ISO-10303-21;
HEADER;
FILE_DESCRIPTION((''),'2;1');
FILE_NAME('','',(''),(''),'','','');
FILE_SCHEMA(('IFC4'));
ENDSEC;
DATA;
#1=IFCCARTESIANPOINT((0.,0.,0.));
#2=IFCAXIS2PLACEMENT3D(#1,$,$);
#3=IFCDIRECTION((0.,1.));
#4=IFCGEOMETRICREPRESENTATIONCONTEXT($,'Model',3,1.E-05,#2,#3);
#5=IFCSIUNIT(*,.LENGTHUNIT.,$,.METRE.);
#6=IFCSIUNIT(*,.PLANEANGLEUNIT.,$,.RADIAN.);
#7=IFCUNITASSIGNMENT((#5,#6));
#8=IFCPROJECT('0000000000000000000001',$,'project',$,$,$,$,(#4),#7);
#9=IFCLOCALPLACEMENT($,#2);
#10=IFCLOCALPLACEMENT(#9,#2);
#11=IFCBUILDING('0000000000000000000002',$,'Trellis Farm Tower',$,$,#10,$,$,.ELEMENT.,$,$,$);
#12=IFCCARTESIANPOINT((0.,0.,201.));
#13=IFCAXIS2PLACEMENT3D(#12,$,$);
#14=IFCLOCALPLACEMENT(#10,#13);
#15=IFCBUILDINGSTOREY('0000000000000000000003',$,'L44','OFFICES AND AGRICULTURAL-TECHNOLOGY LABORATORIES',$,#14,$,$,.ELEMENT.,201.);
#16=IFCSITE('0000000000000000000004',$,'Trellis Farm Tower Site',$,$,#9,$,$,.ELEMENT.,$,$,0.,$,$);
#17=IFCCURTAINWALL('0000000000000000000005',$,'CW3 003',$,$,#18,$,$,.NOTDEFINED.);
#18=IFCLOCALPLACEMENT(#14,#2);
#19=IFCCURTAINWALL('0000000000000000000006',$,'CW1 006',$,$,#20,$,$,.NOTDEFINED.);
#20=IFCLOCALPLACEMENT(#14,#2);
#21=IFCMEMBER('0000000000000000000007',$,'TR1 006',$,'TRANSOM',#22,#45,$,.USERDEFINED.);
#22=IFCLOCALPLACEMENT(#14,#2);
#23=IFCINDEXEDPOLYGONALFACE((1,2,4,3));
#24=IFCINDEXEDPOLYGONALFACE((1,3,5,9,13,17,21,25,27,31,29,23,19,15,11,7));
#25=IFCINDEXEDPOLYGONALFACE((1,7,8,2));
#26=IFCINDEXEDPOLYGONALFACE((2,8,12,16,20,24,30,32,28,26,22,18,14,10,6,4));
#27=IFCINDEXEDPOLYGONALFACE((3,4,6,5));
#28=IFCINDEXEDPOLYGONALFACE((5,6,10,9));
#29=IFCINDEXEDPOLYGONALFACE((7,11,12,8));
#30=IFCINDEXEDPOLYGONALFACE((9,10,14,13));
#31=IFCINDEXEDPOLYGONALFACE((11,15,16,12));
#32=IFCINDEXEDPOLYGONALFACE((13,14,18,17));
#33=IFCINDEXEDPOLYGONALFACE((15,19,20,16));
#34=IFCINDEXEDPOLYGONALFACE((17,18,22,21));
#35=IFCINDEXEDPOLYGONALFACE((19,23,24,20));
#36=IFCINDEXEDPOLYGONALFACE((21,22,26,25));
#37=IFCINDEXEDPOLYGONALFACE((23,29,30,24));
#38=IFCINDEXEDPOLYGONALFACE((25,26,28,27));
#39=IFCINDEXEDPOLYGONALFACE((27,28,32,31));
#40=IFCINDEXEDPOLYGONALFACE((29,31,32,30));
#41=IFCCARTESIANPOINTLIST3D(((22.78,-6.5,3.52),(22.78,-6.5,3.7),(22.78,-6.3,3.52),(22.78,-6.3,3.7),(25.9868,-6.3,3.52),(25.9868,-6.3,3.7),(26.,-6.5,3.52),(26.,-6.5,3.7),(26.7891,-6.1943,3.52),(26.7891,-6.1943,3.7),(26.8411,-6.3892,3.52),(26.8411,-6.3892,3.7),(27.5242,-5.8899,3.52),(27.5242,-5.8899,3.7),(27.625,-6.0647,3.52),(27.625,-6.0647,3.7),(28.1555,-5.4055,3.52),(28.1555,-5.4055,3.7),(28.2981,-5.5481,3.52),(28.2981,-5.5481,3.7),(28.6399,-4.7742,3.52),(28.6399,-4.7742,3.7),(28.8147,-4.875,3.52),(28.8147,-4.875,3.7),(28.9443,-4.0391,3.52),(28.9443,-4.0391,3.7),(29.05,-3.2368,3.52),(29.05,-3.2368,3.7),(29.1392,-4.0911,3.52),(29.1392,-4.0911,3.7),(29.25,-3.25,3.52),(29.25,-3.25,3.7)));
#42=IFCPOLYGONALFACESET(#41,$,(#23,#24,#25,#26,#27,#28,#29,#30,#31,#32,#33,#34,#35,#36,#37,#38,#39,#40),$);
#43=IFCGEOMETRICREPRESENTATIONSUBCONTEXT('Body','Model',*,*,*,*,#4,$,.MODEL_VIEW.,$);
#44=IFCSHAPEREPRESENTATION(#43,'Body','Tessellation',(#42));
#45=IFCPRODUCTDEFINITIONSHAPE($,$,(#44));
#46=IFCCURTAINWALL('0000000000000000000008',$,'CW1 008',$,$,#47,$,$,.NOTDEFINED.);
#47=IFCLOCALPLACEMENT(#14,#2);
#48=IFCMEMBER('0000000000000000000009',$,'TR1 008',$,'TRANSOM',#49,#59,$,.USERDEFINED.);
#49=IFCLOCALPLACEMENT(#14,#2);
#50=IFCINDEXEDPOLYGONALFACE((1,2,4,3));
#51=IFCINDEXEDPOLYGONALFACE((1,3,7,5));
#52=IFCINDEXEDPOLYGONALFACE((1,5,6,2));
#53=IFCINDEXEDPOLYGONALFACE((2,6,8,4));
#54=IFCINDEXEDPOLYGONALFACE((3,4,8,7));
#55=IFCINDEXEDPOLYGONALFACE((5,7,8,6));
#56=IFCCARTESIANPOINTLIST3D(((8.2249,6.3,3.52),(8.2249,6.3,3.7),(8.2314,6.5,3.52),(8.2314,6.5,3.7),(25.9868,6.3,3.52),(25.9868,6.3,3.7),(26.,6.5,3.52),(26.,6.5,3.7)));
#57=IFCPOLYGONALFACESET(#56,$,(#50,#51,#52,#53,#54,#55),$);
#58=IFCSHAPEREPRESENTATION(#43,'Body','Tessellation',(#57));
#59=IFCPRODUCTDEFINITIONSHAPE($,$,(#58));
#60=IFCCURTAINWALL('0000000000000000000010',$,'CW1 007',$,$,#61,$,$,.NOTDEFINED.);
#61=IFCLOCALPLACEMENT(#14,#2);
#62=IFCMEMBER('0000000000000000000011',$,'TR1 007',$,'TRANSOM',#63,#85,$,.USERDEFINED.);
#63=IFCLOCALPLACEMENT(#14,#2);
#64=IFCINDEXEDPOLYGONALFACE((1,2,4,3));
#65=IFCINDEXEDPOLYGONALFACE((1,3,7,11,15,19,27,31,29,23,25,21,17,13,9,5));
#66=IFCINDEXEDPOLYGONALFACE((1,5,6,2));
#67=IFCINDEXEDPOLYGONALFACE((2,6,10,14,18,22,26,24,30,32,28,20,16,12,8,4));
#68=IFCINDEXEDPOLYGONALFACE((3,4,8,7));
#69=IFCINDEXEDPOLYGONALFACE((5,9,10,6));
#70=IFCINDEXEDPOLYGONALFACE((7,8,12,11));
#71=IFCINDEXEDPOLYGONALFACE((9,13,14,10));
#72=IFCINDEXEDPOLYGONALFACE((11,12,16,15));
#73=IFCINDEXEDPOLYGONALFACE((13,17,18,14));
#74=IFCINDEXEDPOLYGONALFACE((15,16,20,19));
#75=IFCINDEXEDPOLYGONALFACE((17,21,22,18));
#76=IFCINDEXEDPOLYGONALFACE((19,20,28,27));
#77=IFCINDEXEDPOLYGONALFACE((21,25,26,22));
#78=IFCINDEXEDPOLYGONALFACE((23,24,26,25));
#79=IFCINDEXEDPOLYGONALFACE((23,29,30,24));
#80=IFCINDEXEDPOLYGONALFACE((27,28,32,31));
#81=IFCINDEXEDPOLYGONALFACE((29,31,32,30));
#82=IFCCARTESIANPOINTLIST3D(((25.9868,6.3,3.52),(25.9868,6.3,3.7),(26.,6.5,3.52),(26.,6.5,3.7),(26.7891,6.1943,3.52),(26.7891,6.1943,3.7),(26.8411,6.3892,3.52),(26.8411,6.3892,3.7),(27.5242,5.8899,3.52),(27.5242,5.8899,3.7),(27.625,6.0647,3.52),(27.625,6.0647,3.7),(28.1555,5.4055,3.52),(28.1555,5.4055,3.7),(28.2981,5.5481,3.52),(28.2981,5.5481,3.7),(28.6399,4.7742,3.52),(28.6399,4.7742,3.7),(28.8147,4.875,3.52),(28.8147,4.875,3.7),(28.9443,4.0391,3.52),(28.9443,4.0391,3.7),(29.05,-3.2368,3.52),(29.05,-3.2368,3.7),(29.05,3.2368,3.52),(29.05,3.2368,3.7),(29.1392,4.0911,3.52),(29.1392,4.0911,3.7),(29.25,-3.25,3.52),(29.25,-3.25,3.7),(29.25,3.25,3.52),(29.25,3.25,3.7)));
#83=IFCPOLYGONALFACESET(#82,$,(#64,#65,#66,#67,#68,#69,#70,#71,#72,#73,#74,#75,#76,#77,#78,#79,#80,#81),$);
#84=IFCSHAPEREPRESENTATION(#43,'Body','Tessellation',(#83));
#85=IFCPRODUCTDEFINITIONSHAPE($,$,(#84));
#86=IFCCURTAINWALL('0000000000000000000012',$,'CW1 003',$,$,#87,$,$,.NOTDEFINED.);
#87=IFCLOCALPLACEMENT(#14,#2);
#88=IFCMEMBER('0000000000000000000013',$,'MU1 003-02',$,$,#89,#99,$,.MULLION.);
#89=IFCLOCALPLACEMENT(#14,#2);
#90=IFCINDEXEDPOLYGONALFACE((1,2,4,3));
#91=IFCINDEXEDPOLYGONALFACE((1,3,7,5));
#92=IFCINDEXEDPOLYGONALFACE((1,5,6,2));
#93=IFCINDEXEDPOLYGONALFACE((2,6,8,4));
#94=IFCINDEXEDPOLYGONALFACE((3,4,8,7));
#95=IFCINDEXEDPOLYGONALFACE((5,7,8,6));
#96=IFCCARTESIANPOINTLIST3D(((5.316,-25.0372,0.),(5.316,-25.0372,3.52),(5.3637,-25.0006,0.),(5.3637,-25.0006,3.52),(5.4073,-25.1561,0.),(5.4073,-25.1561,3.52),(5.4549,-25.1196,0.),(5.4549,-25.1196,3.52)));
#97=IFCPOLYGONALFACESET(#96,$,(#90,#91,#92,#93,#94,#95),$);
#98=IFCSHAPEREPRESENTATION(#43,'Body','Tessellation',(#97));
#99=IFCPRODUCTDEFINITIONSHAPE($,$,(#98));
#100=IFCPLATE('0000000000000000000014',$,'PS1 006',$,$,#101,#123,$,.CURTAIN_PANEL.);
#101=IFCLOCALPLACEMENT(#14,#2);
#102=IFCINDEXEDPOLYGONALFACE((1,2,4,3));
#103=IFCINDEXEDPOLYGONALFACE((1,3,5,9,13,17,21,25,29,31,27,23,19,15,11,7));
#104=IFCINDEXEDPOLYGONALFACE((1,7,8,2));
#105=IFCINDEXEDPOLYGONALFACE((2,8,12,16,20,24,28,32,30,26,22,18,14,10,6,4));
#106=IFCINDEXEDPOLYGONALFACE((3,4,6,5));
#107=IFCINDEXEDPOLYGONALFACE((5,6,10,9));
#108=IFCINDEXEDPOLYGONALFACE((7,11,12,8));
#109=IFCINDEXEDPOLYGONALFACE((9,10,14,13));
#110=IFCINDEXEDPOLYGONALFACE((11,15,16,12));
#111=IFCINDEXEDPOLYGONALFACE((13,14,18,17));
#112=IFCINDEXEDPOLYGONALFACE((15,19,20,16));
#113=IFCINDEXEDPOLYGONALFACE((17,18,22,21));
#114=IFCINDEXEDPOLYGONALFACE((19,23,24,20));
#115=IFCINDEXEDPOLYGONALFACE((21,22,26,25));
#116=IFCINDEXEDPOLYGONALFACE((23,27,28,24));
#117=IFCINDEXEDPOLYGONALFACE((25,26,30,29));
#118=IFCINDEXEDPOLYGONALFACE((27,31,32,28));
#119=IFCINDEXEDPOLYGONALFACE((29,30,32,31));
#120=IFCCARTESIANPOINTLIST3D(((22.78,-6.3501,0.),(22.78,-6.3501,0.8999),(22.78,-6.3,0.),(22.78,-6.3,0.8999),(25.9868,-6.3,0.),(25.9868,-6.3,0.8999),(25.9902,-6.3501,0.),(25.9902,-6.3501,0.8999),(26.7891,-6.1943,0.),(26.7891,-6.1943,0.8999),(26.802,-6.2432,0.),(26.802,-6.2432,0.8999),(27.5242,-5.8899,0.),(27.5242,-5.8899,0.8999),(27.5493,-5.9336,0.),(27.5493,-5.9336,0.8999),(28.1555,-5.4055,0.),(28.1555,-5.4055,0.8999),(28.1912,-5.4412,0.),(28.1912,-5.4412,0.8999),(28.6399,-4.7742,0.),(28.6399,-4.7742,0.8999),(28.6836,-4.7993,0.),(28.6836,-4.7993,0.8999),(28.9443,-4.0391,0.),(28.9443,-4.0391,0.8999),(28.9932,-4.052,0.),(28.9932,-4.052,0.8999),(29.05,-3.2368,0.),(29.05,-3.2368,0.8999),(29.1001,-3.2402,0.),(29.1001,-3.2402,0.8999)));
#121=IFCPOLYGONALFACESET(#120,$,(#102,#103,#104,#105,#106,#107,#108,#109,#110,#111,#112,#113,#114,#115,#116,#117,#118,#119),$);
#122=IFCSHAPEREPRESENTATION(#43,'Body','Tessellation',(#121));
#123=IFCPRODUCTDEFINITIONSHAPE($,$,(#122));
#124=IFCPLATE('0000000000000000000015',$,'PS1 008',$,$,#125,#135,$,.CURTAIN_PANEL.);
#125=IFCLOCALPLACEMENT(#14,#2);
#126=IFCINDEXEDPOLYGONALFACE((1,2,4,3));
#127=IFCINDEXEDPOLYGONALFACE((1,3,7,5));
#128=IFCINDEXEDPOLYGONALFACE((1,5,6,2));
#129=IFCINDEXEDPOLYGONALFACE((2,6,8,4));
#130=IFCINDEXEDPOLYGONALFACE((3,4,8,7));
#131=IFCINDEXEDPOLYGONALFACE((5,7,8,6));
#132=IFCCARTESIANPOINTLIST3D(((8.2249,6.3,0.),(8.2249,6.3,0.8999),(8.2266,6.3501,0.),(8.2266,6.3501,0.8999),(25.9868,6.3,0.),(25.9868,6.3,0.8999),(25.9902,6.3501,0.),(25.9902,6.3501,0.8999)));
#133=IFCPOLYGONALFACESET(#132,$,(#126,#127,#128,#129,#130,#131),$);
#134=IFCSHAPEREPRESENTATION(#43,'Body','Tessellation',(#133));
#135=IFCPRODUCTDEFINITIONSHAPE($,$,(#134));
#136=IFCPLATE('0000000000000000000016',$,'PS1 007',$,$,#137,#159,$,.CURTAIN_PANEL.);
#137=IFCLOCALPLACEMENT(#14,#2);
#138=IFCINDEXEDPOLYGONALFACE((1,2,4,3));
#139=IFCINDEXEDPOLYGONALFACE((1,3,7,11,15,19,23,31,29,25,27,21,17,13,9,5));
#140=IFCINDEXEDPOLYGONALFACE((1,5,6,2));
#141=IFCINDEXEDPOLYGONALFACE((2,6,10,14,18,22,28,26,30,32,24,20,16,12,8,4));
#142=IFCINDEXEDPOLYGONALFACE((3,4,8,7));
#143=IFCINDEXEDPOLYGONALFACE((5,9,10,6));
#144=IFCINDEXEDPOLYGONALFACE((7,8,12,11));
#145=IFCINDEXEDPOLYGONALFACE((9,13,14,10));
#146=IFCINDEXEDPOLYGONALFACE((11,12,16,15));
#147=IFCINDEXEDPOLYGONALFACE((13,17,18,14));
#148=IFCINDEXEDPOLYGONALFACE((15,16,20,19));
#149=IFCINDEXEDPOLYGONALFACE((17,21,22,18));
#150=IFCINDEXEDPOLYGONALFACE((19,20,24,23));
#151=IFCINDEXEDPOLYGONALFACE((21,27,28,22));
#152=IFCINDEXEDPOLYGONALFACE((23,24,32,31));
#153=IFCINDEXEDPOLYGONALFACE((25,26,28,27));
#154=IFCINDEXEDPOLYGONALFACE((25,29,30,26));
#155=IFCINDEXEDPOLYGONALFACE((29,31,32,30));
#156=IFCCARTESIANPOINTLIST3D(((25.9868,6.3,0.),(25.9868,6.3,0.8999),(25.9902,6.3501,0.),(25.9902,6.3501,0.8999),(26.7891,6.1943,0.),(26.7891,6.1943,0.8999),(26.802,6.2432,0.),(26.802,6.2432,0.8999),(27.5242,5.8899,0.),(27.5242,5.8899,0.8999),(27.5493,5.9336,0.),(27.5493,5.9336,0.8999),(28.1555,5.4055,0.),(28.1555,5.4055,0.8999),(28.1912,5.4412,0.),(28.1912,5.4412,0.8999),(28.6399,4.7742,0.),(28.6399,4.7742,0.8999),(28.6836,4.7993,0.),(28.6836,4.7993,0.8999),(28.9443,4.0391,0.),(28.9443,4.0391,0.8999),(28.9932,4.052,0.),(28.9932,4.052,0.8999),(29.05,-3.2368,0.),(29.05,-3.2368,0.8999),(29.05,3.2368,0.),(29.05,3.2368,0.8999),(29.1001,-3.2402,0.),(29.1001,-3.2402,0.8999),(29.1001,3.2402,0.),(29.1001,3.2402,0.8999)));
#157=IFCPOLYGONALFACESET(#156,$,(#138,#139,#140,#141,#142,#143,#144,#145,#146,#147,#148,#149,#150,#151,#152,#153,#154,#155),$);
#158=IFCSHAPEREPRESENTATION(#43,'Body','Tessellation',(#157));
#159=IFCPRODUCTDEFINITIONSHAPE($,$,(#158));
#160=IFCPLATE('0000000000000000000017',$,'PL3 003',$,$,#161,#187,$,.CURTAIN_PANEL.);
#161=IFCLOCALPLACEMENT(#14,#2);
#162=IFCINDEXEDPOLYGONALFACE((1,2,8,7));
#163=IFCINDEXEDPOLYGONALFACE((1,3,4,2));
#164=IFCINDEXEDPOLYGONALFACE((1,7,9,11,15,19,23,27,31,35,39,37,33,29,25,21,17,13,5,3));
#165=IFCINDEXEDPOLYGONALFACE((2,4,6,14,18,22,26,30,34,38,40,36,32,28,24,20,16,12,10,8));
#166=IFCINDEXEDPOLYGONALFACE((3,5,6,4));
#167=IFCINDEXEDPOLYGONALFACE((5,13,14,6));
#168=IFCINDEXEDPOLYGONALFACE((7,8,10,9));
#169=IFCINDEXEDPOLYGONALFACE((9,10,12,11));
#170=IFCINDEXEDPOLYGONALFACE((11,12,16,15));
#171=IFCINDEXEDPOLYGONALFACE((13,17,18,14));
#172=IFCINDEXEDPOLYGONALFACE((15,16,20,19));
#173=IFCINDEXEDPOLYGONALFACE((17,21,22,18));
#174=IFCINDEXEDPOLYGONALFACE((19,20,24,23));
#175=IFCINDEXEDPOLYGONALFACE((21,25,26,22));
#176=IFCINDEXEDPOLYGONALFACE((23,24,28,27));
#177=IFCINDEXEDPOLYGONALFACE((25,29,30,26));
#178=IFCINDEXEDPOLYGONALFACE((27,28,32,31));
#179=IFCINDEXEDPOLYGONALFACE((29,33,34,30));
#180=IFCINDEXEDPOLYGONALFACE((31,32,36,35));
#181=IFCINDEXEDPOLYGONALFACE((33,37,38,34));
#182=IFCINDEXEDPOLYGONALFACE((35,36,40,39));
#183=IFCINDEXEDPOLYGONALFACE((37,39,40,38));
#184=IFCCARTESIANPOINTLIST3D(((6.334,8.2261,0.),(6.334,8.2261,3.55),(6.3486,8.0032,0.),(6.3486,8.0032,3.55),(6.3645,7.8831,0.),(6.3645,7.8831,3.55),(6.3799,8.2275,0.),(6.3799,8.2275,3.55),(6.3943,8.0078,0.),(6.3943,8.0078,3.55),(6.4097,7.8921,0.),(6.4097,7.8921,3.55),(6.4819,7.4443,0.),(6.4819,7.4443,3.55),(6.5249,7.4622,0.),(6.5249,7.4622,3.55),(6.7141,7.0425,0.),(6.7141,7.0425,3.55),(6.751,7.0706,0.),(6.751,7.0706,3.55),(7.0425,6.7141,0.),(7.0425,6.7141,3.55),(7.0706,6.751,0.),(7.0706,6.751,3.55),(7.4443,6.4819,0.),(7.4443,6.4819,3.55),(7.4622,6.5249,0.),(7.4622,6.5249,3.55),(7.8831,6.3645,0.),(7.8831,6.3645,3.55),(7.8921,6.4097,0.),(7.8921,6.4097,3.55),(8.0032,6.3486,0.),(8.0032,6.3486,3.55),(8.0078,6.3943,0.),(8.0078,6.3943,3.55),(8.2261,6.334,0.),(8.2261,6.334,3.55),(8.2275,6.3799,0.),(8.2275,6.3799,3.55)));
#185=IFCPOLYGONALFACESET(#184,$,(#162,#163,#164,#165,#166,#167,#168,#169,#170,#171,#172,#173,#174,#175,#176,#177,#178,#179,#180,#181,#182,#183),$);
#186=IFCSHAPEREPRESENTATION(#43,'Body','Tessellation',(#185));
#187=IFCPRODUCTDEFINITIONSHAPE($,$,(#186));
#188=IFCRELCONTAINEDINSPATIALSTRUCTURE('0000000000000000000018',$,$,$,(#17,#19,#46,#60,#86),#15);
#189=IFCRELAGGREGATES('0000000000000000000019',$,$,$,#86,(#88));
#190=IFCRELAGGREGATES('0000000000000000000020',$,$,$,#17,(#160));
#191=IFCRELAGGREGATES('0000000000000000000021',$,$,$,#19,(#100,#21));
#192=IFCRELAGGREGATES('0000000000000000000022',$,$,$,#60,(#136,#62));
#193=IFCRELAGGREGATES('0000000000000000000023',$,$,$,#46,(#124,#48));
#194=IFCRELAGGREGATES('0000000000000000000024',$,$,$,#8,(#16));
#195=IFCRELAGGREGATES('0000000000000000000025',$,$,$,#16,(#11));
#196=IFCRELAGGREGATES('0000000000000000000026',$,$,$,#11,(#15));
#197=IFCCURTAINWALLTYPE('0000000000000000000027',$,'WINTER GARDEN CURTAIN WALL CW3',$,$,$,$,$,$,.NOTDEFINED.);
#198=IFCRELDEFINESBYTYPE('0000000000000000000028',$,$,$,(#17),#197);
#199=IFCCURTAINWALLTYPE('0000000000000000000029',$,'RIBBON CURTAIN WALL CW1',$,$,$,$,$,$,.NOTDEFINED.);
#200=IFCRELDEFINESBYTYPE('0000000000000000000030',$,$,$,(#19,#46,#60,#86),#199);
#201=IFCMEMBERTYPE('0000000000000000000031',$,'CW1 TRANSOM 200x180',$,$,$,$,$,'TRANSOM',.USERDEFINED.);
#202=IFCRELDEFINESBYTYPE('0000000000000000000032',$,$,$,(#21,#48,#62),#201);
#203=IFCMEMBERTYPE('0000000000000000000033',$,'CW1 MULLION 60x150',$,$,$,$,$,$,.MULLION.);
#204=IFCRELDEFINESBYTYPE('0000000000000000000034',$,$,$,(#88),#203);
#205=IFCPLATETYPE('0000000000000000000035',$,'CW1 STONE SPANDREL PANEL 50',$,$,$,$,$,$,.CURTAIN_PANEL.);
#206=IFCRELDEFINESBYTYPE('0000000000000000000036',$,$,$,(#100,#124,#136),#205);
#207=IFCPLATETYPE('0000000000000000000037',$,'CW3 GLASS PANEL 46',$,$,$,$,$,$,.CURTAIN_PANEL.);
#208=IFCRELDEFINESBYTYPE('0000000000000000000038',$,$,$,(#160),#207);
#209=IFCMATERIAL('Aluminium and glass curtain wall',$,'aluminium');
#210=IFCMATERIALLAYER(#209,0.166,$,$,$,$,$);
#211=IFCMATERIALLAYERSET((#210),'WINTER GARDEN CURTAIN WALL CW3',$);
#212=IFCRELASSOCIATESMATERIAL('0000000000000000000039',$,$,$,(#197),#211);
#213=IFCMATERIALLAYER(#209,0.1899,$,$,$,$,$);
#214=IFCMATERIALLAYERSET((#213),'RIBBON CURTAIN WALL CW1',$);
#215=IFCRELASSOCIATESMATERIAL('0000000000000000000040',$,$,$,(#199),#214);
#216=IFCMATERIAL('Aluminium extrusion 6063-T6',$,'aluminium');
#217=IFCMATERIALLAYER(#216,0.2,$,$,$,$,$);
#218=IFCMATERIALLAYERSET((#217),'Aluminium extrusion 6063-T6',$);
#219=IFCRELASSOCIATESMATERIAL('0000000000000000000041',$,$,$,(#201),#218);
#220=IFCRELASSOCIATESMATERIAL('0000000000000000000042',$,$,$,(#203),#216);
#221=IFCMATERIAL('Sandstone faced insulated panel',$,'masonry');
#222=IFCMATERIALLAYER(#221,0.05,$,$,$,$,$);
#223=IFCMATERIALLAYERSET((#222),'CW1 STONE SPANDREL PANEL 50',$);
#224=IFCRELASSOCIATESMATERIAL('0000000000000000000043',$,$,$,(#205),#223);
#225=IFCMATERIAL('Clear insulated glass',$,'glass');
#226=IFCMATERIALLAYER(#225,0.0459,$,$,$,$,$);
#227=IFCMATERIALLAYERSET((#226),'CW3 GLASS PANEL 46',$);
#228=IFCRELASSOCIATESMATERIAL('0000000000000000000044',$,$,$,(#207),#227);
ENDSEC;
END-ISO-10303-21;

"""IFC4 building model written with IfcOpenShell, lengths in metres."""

from ifc_helpers import new_model, si_unit, direction, frame, origin, origin_2d, place, context, subcontext, project, spatial, polyline, rectangle, outline, extrude, source, transform, mapped, material, layer, layer_set, material_profile, profile_set, type_object, element, aggregate, save


model = new_model("IFC4")

# Units and contexts
model_context = context("Model", 3, precision=1e-05, world=origin(), true_north=direction((0.0, 1.0)))
body_context = subcontext(model_context, "Body", "Model", "MODEL_VIEW")
ifc_project = project(units=[si_unit("LENGTHUNIT", "METRE"), si_unit("PLANEANGLEUNIT", "RADIAN")], contexts=[model_context])

# Site, building, storey
site_placement = place(None, origin())
site = spatial("IfcSite", under=ifc_project, at=site_placement, Name="Trellis Farm Tower Site", CompositionType="ELEMENT", RefElevation=0.0)
building_placement = place(site_placement, origin())
building = spatial("IfcBuilding", under=site, at=building_placement, Name="Trellis Farm Tower", CompositionType="ELEMENT")
storey_placement = place(building_placement, frame((0.0, 0.0, 201.0)))
storey = spatial("IfcBuildingStorey", under=building, at=storey_placement, Name="L44", Description="OFFICES AND AGRICULTURAL-TECHNOLOGY LABORATORIES", CompositionType="ELEMENT", Elevation=201.0)

# Curtain walls, members
ifc_material_1 = material(Name="Aluminium and glass curtain wall", Category="aluminium")
ifc_layer_1 = layer(ifc_material_1, 0.166)
ifc_layer_set_1 = layer_set([ifc_layer_1], Name="WINTER GARDEN CURTAIN WALL CW3")
curtain_wall_type_1 = type_object("IfcCurtainWallType", Name="WINTER GARDEN CURTAIN WALL CW3", PredefinedType="NOTDEFINED", material=ifc_layer_set_1)
placement_1 = place(storey_placement, origin())
curtain_wall_1 = element("IfcCurtainWall", 1, at=placement_1, inside=storey, type_object=curtain_wall_type_1, Name="CW3 003", PredefinedType="NOTDEFINED")
ifc_material_2 = material(Name="Aluminium extrusion 6063-T6", Category="aluminium")
ifc_layer_2 = layer(ifc_material_1, 0.1899)
ifc_layer_set_2 = layer_set([ifc_layer_2], Name="RIBBON CURTAIN WALL CW1")
curtain_wall_type_2 = type_object("IfcCurtainWallType", Name="RIBBON CURTAIN WALL CW1", PredefinedType="NOTDEFINED", material=ifc_layer_set_2)
curtain_wall_2 = element("IfcCurtainWall", 2, at=placement_1, inside=storey, type_object=curtain_wall_type_2, Name="CW1 006", PredefinedType="NOTDEFINED")
ifc_layer_3 = layer(ifc_material_2, 0.2)
ifc_layer_set_3 = layer_set([ifc_layer_3], Name="Aluminium extrusion 6063-T6")
member_type_1 = type_object("IfcMemberType", Name="CW1 TRANSOM 200x180", ElementType="TRANSOM", PredefinedType="USERDEFINED", material=ifc_layer_set_3)
shared_shape_1 = source(origin(), body_context, "Body", "SweptSolid", [
    extrude(outline(polyline([(22.78, -6.5), (26.0, -6.5), (26.8411, -6.3892), (27.625, -6.0647), (28.2981, -5.5481), (28.8147, -4.875), (29.1392, -4.0911), (29.25, -3.25), (29.05, -3.2368), (28.9443, -4.0391), (28.6399, -4.7742), (28.1555, -5.4055), (27.5242, -5.8899), (26.7891, -6.1943), (25.9868, -6.3), (22.78, -6.3), (22.78, -6.5)])), origin(), (0.0, 0.0, 1.0), 0.1799),
])
placement_2 = place(storey_placement, frame((0.0, 0.0, 3.52)))
member_1 = element("IfcMember", 3, at=placement_2, type_object=member_type_1, Name="TR1 006", ObjectType="TRANSOM", PredefinedType="USERDEFINED", context=body_context, shape_type="MappedRepresentation", body=[
    mapped(shared_shape_1, transform((0.0, 0.0, 0.0))),
])
curtain_wall_3 = element("IfcCurtainWall", 4, at=placement_1, inside=storey, type_object=curtain_wall_type_2, Name="CW1 008", PredefinedType="NOTDEFINED")
shared_shape_2 = source(origin(), body_context, "Body", "SweptSolid", [
    extrude(outline(polyline([(26.0, 6.5), (8.2314, 6.5), (8.2249, 6.3), (25.9868, 6.3), (26.0, 6.5)])), origin(), (0.0, 0.0, 1.0), 0.1799),
])
member_2 = element("IfcMember", 5, at=placement_2, type_object=member_type_1, Name="TR1 008", ObjectType="TRANSOM", PredefinedType="USERDEFINED", context=body_context, shape_type="MappedRepresentation", body=[
    mapped(shared_shape_2, transform((0.0, 0.0, 0.0))),
])
curtain_wall_4 = element("IfcCurtainWall", 6, at=placement_1, inside=storey, type_object=curtain_wall_type_2, Name="CW1 007", PredefinedType="NOTDEFINED")
shared_shape_3 = source(origin(), body_context, "Body", "SweptSolid", [
    extrude(outline(polyline([(29.25, -3.25), (29.25, 3.25), (29.1392, 4.0911), (28.8147, 4.875), (28.2981, 5.5481), (27.625, 6.0647), (26.8411, 6.3892), (26.0, 6.5), (25.9868, 6.3), (26.7891, 6.1943), (27.5242, 5.8899), (28.1555, 5.4055), (28.6399, 4.7742), (28.9443, 4.0391), (29.05, 3.2368), (29.05, -3.2368), (29.25, -3.25)])), origin(), (0.0, 0.0, 1.0), 0.1799),
])
member_3 = element("IfcMember", 7, at=placement_2, type_object=member_type_1, Name="TR1 007", ObjectType="TRANSOM", PredefinedType="USERDEFINED", context=body_context, shape_type="MappedRepresentation", body=[
    mapped(shared_shape_3, transform((0.0, 0.0, 0.0))),
])
curtain_wall_5 = element("IfcCurtainWall", 8, at=placement_1, inside=storey, type_object=curtain_wall_type_2, Name="CW1 003", PredefinedType="NOTDEFINED")
ifc_material_profile_1 = material_profile(ifc_material_2, rectangle(XDim=0.0601, YDim=0.1499, at=origin_2d()), Name="MULLION 60x150")
ifc_profile_set_1 = profile_set([ifc_material_profile_1], Name="Aluminium extrusion 6063-T6")
member_type_2 = type_object("IfcMemberType", Name="CW1 MULLION 60x150", PredefinedType="MULLION", material=ifc_profile_set_1)
shared_shape_4 = source(origin(), body_context, "Body", "SweptSolid", [
    extrude(rectangle(XDim=0.0601, YDim=0.1499, at=origin_2d()), origin(), (0.0, 0.0, 1.0), 3.52),
])
member_4_placement = place(storey_placement, frame((5.3855, -25.0784, 0.0), z_axis=(0.0, 0.0, 1.0), x_axis=(0.793353, 0.608761, 0.0)))
member_4 = element("IfcMember", 9, at=member_4_placement, type_object=member_type_2, Name="MU1 003-02", PredefinedType="MULLION", context=body_context, shape_type="MappedRepresentation", body=[
    mapped(shared_shape_4, transform((0.0, 0.0, 0.0))),
])
aggregate(curtain_wall_5, [member_4])

# Plates
ifc_material_3 = material(Name="Sandstone faced insulated panel", Category="masonry")
ifc_layer_4 = layer(ifc_material_3, 0.05)
ifc_layer_set_4 = layer_set([ifc_layer_4], Name="CW1 STONE SPANDREL PANEL 50")
plate_type_1 = type_object("IfcPlateType", Name="CW1 STONE SPANDREL PANEL 50", PredefinedType="CURTAIN_PANEL", material=ifc_layer_set_4)
shared_shape_5 = source(origin(), body_context, "Body", "SweptSolid", [
    extrude(outline(polyline([(22.78, -6.3501), (25.9902, -6.3501), (26.802, -6.2432), (27.5493, -5.9336), (28.1912, -5.4412), (28.6836, -4.7993), (28.9932, -4.052), (29.1001, -3.2402), (29.05, -3.2368), (28.9443, -4.0391), (28.6399, -4.7742), (28.1555, -5.4055), (27.5242, -5.8899), (26.7891, -6.1943), (25.9868, -6.3), (22.78, -6.3), (22.78, -6.3501)])), origin(), (0.0, 0.0, 1.0), 0.8999),
])
plate_1 = element("IfcPlate", 10, at=placement_1, type_object=plate_type_1, Name="PS1 006", PredefinedType="CURTAIN_PANEL", context=body_context, shape_type="MappedRepresentation", body=[
    mapped(shared_shape_5, transform((0.0, 0.0, 0.0))),
])
shared_shape_6 = source(origin(), body_context, "Body", "SweptSolid", [
    extrude(outline(polyline([(25.9902, 6.3501), (8.2266, 6.3501), (8.2249, 6.3), (25.9868, 6.3), (25.9902, 6.3501)])), origin(), (0.0, 0.0, 1.0), 0.8999),
])
plate_2 = element("IfcPlate", 11, at=placement_1, type_object=plate_type_1, Name="PS1 008", PredefinedType="CURTAIN_PANEL", context=body_context, shape_type="MappedRepresentation", body=[
    mapped(shared_shape_6, transform((0.0, 0.0, 0.0))),
])
shared_shape_7 = source(origin(), body_context, "Body", "SweptSolid", [
    extrude(outline(polyline([(29.1001, -3.2402), (29.1001, 3.2402), (28.9932, 4.052), (28.6836, 4.7993), (28.1912, 5.4412), (27.5493, 5.9336), (26.802, 6.2432), (25.9902, 6.3501), (25.9868, 6.3), (26.7891, 6.1943), (27.5242, 5.8899), (28.1555, 5.4055), (28.6399, 4.7742), (28.9443, 4.0391), (29.05, 3.2368), (29.05, -3.2368), (29.1001, -3.2402)])), origin(), (0.0, 0.0, 1.0), 0.8999),
])
plate_3 = element("IfcPlate", 12, at=placement_1, type_object=plate_type_1, Name="PS1 007", PredefinedType="CURTAIN_PANEL", context=body_context, shape_type="MappedRepresentation", body=[
    mapped(shared_shape_7, transform((0.0, 0.0, 0.0))),
])
ifc_material_4 = material(Name="Clear insulated glass", Category="glass")
ifc_layer_5 = layer(ifc_material_4, 0.0459)
ifc_layer_set_5 = layer_set([ifc_layer_5], Name="CW3 GLASS PANEL 46")
plate_type_2 = type_object("IfcPlateType", Name="CW3 GLASS PANEL 46", PredefinedType="CURTAIN_PANEL", material=ifc_layer_set_5)
shared_shape_8 = source(origin(), body_context, "Body", "SweptSolid", [
    extrude(outline(polyline([(8.2275, 6.3799), (8.0078, 6.3943), (7.8921, 6.4097), (7.4622, 6.5249), (7.0706, 6.751), (6.751, 7.0706), (6.5249, 7.4622), (6.4097, 7.8921), (6.3943, 8.0078), (6.3799, 8.2275), (6.334, 8.2261), (6.3486, 8.0032), (6.3645, 7.8831), (6.4819, 7.4443), (6.7141, 7.0425), (7.0425, 6.7141), (7.4443, 6.4819), (7.8831, 6.3645), (8.0032, 6.3486), (8.2261, 6.334), (8.2275, 6.3799)])), origin(), (0.0, 0.0, 1.0), 3.55),
])
plate_4 = element("IfcPlate", 13, at=placement_1, type_object=plate_type_2, Name="PL3 003", PredefinedType="CURTAIN_PANEL", context=body_context, shape_type="MappedRepresentation", body=[
    mapped(shared_shape_8, transform((0.0, 0.0, 0.0))),
])
aggregate(curtain_wall_1, [plate_4])
aggregate(curtain_wall_2, [plate_1, member_1])
aggregate(curtain_wall_4, [plate_3, member_3])
aggregate(curtain_wall_3, [plate_2, member_2])

save(model, "model.ifc")
